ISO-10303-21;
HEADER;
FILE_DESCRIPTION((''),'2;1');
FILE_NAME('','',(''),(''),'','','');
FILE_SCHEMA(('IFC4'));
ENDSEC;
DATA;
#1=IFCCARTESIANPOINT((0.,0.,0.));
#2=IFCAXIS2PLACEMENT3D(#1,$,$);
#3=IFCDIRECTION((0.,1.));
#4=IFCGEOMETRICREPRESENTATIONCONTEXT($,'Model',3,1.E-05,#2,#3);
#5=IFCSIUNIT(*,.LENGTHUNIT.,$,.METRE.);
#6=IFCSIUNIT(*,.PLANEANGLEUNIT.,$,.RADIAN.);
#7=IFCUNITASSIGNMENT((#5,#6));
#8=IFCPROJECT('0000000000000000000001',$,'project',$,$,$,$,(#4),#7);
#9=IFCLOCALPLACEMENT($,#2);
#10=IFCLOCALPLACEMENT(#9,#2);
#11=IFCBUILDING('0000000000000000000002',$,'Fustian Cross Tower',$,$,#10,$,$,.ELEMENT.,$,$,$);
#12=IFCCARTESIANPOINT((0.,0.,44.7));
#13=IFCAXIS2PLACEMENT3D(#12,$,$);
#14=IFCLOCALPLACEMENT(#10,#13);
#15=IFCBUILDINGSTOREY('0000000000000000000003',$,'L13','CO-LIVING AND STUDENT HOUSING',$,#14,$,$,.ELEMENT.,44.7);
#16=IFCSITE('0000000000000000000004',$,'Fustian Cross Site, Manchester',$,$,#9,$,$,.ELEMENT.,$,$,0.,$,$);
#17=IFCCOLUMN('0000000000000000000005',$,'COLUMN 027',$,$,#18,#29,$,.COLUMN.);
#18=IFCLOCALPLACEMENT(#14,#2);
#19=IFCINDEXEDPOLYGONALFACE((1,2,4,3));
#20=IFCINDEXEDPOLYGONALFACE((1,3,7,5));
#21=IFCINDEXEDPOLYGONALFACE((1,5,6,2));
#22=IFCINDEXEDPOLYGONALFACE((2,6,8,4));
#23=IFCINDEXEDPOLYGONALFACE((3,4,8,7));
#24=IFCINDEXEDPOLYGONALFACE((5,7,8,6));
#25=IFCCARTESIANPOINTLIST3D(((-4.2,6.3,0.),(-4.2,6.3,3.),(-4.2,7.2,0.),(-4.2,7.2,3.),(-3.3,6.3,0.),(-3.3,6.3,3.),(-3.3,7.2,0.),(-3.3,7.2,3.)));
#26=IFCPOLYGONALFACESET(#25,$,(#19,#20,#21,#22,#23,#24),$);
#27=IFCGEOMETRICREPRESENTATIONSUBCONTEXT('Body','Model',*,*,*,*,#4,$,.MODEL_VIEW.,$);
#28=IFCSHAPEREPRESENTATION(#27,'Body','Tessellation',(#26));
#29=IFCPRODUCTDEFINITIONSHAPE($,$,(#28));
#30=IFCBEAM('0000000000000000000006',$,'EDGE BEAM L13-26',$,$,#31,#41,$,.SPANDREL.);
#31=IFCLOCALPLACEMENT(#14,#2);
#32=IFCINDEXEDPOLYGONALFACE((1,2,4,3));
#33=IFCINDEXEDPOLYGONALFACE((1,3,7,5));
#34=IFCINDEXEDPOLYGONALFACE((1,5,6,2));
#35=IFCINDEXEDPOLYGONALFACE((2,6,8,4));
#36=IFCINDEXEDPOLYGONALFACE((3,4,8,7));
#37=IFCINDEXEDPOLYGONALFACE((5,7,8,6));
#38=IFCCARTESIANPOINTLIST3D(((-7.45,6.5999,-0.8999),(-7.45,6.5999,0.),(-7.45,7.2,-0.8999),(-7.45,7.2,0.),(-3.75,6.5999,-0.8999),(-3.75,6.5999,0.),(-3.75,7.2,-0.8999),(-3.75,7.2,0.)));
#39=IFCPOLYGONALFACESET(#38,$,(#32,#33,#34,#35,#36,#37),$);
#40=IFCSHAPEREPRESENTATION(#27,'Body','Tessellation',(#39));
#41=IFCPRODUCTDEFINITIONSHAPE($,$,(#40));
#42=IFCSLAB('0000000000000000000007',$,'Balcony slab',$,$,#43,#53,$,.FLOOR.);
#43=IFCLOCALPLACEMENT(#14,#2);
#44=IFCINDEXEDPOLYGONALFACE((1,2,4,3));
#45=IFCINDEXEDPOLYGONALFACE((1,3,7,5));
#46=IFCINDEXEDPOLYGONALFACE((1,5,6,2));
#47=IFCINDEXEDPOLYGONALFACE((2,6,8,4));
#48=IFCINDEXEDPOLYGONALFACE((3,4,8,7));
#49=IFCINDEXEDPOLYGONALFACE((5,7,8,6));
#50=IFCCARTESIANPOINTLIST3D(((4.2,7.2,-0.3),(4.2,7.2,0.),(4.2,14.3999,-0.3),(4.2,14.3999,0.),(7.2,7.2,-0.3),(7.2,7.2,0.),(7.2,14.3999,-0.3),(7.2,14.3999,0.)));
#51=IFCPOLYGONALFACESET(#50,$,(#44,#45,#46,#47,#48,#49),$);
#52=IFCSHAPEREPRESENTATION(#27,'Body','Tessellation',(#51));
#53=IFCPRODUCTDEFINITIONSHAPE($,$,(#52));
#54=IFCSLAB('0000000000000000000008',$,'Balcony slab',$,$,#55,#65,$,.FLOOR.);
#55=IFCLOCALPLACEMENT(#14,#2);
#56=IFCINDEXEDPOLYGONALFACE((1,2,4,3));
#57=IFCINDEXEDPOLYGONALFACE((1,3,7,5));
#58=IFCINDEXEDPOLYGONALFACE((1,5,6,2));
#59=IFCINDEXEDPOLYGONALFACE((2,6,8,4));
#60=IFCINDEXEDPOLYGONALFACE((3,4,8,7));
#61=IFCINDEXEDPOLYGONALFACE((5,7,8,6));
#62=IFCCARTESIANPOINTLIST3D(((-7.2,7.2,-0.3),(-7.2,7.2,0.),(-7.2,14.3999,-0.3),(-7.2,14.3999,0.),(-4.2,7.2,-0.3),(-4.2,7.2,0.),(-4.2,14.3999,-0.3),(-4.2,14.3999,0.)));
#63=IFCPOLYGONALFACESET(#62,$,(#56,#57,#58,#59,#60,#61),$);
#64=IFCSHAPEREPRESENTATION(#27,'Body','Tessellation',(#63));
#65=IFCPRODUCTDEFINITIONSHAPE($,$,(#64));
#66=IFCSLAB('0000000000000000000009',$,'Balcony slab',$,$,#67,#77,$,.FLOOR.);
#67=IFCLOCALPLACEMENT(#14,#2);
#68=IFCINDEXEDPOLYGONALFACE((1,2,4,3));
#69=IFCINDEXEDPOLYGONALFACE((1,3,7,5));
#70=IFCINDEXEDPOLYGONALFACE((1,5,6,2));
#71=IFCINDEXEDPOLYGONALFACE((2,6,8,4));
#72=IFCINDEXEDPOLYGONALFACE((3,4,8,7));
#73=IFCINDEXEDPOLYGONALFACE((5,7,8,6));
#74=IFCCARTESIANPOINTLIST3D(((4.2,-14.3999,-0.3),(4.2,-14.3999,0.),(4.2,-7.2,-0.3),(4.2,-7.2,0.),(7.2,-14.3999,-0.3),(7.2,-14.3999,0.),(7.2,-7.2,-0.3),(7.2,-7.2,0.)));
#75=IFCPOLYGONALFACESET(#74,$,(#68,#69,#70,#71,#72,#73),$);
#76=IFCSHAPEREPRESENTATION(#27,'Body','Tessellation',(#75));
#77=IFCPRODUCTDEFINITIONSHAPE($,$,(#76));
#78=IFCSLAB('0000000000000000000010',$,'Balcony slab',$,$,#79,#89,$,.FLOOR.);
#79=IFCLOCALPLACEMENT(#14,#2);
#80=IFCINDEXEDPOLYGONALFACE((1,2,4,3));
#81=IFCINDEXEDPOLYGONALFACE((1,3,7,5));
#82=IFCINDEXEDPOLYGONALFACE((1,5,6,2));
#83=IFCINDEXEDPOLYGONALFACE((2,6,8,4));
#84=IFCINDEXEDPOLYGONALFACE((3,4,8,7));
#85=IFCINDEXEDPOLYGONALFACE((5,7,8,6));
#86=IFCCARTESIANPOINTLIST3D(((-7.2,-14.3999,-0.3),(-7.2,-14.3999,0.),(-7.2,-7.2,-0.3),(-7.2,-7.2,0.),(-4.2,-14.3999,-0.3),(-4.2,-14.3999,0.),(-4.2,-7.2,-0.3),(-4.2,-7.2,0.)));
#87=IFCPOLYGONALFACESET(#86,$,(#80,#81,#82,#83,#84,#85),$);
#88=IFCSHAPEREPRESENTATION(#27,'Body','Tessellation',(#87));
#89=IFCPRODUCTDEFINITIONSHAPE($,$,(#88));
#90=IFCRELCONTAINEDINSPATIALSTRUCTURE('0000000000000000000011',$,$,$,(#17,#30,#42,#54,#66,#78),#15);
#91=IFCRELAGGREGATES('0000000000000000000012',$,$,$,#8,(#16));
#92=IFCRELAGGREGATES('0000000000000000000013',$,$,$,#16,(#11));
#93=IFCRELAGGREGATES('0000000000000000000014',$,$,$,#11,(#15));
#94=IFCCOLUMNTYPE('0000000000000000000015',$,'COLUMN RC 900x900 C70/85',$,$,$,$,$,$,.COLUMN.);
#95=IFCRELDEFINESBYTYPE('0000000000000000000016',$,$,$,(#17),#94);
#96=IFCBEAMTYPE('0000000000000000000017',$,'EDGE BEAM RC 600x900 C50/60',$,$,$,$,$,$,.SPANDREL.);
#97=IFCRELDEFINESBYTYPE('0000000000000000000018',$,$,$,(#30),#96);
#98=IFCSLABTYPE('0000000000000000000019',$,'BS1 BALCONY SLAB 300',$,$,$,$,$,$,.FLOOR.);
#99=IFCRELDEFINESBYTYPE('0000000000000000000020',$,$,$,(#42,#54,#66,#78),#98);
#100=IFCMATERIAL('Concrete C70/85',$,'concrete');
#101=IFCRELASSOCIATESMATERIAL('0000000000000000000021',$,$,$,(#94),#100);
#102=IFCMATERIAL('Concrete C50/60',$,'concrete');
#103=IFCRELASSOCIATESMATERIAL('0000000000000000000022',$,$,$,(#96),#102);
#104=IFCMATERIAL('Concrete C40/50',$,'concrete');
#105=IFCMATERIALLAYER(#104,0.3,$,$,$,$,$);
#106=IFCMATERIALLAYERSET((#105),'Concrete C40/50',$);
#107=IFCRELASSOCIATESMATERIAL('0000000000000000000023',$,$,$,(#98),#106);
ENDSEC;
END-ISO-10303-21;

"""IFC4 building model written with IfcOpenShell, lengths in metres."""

from ifc_helpers import new_model, si_unit, direction, frame, origin, origin_2d, place, context, subcontext, project, spatial, polyline, rectangle, outline, extrude, material, layer, layer_set, material_profile, profile_set, type_object, element, save


model = new_model("IFC4")

# Units and contexts
model_context = context("Model", 3, precision=1e-05, world=origin(), true_north=direction((0.0, 1.0)))
body_context = subcontext(model_context, "Body", "Model", "MODEL_VIEW")
ifc_project = project(units=[si_unit("LENGTHUNIT", "METRE"), si_unit("PLANEANGLEUNIT", "RADIAN")], contexts=[model_context])

# Site, building, storey
site_placement = place(None, origin())
site = spatial("IfcSite", under=ifc_project, at=site_placement, Name="Fustian Cross Site, Manchester", CompositionType="ELEMENT", RefElevation=0.0)
building_placement = place(site_placement, origin())
building = spatial("IfcBuilding", under=site, at=building_placement, Name="Fustian Cross Tower", CompositionType="ELEMENT")
storey_placement = place(building_placement, frame((0.0, 0.0, 44.7)))
storey = spatial("IfcBuildingStorey", under=building, at=storey_placement, Name="L13", Description="CO-LIVING AND STUDENT HOUSING", CompositionType="ELEMENT", Elevation=44.7)

# Column
ifc_material_1 = material(Name="Concrete C70/85", Category="concrete")
ifc_material_profile_1 = material_profile(ifc_material_1, rectangle(XDim=0.8999, YDim=0.8999, at=origin_2d()), Name="RC 900x900")
ifc_profile_set_1 = profile_set([ifc_material_profile_1], Name="Concrete C70/85")
column_type = type_object("IfcColumnType", Name="COLUMN RC 900x900 C70/85", PredefinedType="COLUMN", material=ifc_profile_set_1)
column_placement = place(storey_placement, frame((-3.75, 6.75, 0.0), z_axis=(0.0, 0.0, 1.0), x_axis=(1.0, 0.0, 0.0)))
element("IfcColumn", 1, at=column_placement, inside=storey, type_object=column_type, Name="COLUMN 027", PredefinedType="COLUMN", context=body_context, shape_type="SweptSolid", body=[
    extrude(rectangle(XDim=0.8999, YDim=0.8999, at=origin_2d()), origin(), (0.0, 0.0, 1.0), 3.0),
])

# Beam
ifc_material_2 = material(Name="Concrete C50/60", Category="concrete")
ifc_material_profile_2 = material_profile(ifc_material_2, rectangle(XDim=0.6001, YDim=0.8999, at=origin_2d()), Name="RC 600x900")
ifc_profile_set_2 = profile_set([ifc_material_profile_2], Name="Concrete C50/60")
beam_type = type_object("IfcBeamType", Name="EDGE BEAM RC 600x900 C50/60", PredefinedType="SPANDREL", material=ifc_profile_set_2)
beam_placement = place(storey_placement, frame((-3.75, 6.8999, -0.45), z_axis=(-1.0, 0.0, 0.0), x_axis=(0.0, -1.0, 0.0)))
element("IfcBeam", 2, at=beam_placement, inside=storey, type_object=beam_type, Name="EDGE BEAM L13-26", PredefinedType="SPANDREL", context=body_context, shape_type="SweptSolid", body=[
    extrude(rectangle(XDim=0.6001, YDim=0.8999, at=origin_2d()), origin(), (0.0, 0.0, 1.0), 3.7),
])

# Slabs
ifc_material_3 = material(Name="Concrete C40/50", Category="concrete")
ifc_layer_1 = layer(ifc_material_3, 0.3)
ifc_layer_set_1 = layer_set([ifc_layer_1], Name="Concrete C40/50")
slab_type_1 = type_object("IfcSlabType", Name="BS1 BALCONY SLAB 300", PredefinedType="FLOOR", material=ifc_layer_set_1)
slab_1_placement = place(storey_placement, frame((0.0, 0.0, -0.3)))
element("IfcSlab", 3, at=slab_1_placement, inside=storey, type_object=slab_type_1, Name="Balcony slab", PredefinedType="FLOOR", context=body_context, shape_type="SweptSolid", body=[
    extrude(outline(polyline([(4.2, 7.2), (7.2, 7.2), (7.2, 14.3999), (4.2, 14.3999), (4.2, 7.2)])), origin(), (0.0, 0.0, 1.0), 0.3),
])
slab_2_placement = place(storey_placement, frame((0.0, 0.0, -0.3)))
element("IfcSlab", 4, at=slab_2_placement, inside=storey, type_object=slab_type_1, Name="Balcony slab", PredefinedType="FLOOR", context=body_context, shape_type="SweptSolid", body=[
    extrude(outline(polyline([(-7.2, 7.2), (-4.2, 7.2), (-4.2, 14.3999), (-7.2, 14.3999), (-7.2, 7.2)])), origin(), (0.0, 0.0, 1.0), 0.3),
])
slab_3_placement = place(storey_placement, frame((0.0, 0.0, -0.3)))
element("IfcSlab", 5, at=slab_3_placement, inside=storey, type_object=slab_type_1, Name="Balcony slab", PredefinedType="FLOOR", context=body_context, shape_type="SweptSolid", body=[
    extrude(outline(polyline([(4.2, -14.3999), (7.2, -14.3999), (7.2, -7.2), (4.2, -7.2), (4.2, -14.3999)])), origin(), (0.0, 0.0, 1.0), 0.3),
])
slab_4_placement = place(storey_placement, frame((0.0, 0.0, -0.3)))
element("IfcSlab", 6, at=slab_4_placement, inside=storey, type_object=slab_type_1, Name="Balcony slab", PredefinedType="FLOOR", context=body_context, shape_type="SweptSolid", body=[
    extrude(outline(polyline([(-7.2, -14.3999), (-4.2, -14.3999), (-4.2, -7.2), (-7.2, -7.2), (-7.2, -14.3999)])), origin(), (0.0, 0.0, 1.0), 0.3),
])

save(model, "model.ifc")
